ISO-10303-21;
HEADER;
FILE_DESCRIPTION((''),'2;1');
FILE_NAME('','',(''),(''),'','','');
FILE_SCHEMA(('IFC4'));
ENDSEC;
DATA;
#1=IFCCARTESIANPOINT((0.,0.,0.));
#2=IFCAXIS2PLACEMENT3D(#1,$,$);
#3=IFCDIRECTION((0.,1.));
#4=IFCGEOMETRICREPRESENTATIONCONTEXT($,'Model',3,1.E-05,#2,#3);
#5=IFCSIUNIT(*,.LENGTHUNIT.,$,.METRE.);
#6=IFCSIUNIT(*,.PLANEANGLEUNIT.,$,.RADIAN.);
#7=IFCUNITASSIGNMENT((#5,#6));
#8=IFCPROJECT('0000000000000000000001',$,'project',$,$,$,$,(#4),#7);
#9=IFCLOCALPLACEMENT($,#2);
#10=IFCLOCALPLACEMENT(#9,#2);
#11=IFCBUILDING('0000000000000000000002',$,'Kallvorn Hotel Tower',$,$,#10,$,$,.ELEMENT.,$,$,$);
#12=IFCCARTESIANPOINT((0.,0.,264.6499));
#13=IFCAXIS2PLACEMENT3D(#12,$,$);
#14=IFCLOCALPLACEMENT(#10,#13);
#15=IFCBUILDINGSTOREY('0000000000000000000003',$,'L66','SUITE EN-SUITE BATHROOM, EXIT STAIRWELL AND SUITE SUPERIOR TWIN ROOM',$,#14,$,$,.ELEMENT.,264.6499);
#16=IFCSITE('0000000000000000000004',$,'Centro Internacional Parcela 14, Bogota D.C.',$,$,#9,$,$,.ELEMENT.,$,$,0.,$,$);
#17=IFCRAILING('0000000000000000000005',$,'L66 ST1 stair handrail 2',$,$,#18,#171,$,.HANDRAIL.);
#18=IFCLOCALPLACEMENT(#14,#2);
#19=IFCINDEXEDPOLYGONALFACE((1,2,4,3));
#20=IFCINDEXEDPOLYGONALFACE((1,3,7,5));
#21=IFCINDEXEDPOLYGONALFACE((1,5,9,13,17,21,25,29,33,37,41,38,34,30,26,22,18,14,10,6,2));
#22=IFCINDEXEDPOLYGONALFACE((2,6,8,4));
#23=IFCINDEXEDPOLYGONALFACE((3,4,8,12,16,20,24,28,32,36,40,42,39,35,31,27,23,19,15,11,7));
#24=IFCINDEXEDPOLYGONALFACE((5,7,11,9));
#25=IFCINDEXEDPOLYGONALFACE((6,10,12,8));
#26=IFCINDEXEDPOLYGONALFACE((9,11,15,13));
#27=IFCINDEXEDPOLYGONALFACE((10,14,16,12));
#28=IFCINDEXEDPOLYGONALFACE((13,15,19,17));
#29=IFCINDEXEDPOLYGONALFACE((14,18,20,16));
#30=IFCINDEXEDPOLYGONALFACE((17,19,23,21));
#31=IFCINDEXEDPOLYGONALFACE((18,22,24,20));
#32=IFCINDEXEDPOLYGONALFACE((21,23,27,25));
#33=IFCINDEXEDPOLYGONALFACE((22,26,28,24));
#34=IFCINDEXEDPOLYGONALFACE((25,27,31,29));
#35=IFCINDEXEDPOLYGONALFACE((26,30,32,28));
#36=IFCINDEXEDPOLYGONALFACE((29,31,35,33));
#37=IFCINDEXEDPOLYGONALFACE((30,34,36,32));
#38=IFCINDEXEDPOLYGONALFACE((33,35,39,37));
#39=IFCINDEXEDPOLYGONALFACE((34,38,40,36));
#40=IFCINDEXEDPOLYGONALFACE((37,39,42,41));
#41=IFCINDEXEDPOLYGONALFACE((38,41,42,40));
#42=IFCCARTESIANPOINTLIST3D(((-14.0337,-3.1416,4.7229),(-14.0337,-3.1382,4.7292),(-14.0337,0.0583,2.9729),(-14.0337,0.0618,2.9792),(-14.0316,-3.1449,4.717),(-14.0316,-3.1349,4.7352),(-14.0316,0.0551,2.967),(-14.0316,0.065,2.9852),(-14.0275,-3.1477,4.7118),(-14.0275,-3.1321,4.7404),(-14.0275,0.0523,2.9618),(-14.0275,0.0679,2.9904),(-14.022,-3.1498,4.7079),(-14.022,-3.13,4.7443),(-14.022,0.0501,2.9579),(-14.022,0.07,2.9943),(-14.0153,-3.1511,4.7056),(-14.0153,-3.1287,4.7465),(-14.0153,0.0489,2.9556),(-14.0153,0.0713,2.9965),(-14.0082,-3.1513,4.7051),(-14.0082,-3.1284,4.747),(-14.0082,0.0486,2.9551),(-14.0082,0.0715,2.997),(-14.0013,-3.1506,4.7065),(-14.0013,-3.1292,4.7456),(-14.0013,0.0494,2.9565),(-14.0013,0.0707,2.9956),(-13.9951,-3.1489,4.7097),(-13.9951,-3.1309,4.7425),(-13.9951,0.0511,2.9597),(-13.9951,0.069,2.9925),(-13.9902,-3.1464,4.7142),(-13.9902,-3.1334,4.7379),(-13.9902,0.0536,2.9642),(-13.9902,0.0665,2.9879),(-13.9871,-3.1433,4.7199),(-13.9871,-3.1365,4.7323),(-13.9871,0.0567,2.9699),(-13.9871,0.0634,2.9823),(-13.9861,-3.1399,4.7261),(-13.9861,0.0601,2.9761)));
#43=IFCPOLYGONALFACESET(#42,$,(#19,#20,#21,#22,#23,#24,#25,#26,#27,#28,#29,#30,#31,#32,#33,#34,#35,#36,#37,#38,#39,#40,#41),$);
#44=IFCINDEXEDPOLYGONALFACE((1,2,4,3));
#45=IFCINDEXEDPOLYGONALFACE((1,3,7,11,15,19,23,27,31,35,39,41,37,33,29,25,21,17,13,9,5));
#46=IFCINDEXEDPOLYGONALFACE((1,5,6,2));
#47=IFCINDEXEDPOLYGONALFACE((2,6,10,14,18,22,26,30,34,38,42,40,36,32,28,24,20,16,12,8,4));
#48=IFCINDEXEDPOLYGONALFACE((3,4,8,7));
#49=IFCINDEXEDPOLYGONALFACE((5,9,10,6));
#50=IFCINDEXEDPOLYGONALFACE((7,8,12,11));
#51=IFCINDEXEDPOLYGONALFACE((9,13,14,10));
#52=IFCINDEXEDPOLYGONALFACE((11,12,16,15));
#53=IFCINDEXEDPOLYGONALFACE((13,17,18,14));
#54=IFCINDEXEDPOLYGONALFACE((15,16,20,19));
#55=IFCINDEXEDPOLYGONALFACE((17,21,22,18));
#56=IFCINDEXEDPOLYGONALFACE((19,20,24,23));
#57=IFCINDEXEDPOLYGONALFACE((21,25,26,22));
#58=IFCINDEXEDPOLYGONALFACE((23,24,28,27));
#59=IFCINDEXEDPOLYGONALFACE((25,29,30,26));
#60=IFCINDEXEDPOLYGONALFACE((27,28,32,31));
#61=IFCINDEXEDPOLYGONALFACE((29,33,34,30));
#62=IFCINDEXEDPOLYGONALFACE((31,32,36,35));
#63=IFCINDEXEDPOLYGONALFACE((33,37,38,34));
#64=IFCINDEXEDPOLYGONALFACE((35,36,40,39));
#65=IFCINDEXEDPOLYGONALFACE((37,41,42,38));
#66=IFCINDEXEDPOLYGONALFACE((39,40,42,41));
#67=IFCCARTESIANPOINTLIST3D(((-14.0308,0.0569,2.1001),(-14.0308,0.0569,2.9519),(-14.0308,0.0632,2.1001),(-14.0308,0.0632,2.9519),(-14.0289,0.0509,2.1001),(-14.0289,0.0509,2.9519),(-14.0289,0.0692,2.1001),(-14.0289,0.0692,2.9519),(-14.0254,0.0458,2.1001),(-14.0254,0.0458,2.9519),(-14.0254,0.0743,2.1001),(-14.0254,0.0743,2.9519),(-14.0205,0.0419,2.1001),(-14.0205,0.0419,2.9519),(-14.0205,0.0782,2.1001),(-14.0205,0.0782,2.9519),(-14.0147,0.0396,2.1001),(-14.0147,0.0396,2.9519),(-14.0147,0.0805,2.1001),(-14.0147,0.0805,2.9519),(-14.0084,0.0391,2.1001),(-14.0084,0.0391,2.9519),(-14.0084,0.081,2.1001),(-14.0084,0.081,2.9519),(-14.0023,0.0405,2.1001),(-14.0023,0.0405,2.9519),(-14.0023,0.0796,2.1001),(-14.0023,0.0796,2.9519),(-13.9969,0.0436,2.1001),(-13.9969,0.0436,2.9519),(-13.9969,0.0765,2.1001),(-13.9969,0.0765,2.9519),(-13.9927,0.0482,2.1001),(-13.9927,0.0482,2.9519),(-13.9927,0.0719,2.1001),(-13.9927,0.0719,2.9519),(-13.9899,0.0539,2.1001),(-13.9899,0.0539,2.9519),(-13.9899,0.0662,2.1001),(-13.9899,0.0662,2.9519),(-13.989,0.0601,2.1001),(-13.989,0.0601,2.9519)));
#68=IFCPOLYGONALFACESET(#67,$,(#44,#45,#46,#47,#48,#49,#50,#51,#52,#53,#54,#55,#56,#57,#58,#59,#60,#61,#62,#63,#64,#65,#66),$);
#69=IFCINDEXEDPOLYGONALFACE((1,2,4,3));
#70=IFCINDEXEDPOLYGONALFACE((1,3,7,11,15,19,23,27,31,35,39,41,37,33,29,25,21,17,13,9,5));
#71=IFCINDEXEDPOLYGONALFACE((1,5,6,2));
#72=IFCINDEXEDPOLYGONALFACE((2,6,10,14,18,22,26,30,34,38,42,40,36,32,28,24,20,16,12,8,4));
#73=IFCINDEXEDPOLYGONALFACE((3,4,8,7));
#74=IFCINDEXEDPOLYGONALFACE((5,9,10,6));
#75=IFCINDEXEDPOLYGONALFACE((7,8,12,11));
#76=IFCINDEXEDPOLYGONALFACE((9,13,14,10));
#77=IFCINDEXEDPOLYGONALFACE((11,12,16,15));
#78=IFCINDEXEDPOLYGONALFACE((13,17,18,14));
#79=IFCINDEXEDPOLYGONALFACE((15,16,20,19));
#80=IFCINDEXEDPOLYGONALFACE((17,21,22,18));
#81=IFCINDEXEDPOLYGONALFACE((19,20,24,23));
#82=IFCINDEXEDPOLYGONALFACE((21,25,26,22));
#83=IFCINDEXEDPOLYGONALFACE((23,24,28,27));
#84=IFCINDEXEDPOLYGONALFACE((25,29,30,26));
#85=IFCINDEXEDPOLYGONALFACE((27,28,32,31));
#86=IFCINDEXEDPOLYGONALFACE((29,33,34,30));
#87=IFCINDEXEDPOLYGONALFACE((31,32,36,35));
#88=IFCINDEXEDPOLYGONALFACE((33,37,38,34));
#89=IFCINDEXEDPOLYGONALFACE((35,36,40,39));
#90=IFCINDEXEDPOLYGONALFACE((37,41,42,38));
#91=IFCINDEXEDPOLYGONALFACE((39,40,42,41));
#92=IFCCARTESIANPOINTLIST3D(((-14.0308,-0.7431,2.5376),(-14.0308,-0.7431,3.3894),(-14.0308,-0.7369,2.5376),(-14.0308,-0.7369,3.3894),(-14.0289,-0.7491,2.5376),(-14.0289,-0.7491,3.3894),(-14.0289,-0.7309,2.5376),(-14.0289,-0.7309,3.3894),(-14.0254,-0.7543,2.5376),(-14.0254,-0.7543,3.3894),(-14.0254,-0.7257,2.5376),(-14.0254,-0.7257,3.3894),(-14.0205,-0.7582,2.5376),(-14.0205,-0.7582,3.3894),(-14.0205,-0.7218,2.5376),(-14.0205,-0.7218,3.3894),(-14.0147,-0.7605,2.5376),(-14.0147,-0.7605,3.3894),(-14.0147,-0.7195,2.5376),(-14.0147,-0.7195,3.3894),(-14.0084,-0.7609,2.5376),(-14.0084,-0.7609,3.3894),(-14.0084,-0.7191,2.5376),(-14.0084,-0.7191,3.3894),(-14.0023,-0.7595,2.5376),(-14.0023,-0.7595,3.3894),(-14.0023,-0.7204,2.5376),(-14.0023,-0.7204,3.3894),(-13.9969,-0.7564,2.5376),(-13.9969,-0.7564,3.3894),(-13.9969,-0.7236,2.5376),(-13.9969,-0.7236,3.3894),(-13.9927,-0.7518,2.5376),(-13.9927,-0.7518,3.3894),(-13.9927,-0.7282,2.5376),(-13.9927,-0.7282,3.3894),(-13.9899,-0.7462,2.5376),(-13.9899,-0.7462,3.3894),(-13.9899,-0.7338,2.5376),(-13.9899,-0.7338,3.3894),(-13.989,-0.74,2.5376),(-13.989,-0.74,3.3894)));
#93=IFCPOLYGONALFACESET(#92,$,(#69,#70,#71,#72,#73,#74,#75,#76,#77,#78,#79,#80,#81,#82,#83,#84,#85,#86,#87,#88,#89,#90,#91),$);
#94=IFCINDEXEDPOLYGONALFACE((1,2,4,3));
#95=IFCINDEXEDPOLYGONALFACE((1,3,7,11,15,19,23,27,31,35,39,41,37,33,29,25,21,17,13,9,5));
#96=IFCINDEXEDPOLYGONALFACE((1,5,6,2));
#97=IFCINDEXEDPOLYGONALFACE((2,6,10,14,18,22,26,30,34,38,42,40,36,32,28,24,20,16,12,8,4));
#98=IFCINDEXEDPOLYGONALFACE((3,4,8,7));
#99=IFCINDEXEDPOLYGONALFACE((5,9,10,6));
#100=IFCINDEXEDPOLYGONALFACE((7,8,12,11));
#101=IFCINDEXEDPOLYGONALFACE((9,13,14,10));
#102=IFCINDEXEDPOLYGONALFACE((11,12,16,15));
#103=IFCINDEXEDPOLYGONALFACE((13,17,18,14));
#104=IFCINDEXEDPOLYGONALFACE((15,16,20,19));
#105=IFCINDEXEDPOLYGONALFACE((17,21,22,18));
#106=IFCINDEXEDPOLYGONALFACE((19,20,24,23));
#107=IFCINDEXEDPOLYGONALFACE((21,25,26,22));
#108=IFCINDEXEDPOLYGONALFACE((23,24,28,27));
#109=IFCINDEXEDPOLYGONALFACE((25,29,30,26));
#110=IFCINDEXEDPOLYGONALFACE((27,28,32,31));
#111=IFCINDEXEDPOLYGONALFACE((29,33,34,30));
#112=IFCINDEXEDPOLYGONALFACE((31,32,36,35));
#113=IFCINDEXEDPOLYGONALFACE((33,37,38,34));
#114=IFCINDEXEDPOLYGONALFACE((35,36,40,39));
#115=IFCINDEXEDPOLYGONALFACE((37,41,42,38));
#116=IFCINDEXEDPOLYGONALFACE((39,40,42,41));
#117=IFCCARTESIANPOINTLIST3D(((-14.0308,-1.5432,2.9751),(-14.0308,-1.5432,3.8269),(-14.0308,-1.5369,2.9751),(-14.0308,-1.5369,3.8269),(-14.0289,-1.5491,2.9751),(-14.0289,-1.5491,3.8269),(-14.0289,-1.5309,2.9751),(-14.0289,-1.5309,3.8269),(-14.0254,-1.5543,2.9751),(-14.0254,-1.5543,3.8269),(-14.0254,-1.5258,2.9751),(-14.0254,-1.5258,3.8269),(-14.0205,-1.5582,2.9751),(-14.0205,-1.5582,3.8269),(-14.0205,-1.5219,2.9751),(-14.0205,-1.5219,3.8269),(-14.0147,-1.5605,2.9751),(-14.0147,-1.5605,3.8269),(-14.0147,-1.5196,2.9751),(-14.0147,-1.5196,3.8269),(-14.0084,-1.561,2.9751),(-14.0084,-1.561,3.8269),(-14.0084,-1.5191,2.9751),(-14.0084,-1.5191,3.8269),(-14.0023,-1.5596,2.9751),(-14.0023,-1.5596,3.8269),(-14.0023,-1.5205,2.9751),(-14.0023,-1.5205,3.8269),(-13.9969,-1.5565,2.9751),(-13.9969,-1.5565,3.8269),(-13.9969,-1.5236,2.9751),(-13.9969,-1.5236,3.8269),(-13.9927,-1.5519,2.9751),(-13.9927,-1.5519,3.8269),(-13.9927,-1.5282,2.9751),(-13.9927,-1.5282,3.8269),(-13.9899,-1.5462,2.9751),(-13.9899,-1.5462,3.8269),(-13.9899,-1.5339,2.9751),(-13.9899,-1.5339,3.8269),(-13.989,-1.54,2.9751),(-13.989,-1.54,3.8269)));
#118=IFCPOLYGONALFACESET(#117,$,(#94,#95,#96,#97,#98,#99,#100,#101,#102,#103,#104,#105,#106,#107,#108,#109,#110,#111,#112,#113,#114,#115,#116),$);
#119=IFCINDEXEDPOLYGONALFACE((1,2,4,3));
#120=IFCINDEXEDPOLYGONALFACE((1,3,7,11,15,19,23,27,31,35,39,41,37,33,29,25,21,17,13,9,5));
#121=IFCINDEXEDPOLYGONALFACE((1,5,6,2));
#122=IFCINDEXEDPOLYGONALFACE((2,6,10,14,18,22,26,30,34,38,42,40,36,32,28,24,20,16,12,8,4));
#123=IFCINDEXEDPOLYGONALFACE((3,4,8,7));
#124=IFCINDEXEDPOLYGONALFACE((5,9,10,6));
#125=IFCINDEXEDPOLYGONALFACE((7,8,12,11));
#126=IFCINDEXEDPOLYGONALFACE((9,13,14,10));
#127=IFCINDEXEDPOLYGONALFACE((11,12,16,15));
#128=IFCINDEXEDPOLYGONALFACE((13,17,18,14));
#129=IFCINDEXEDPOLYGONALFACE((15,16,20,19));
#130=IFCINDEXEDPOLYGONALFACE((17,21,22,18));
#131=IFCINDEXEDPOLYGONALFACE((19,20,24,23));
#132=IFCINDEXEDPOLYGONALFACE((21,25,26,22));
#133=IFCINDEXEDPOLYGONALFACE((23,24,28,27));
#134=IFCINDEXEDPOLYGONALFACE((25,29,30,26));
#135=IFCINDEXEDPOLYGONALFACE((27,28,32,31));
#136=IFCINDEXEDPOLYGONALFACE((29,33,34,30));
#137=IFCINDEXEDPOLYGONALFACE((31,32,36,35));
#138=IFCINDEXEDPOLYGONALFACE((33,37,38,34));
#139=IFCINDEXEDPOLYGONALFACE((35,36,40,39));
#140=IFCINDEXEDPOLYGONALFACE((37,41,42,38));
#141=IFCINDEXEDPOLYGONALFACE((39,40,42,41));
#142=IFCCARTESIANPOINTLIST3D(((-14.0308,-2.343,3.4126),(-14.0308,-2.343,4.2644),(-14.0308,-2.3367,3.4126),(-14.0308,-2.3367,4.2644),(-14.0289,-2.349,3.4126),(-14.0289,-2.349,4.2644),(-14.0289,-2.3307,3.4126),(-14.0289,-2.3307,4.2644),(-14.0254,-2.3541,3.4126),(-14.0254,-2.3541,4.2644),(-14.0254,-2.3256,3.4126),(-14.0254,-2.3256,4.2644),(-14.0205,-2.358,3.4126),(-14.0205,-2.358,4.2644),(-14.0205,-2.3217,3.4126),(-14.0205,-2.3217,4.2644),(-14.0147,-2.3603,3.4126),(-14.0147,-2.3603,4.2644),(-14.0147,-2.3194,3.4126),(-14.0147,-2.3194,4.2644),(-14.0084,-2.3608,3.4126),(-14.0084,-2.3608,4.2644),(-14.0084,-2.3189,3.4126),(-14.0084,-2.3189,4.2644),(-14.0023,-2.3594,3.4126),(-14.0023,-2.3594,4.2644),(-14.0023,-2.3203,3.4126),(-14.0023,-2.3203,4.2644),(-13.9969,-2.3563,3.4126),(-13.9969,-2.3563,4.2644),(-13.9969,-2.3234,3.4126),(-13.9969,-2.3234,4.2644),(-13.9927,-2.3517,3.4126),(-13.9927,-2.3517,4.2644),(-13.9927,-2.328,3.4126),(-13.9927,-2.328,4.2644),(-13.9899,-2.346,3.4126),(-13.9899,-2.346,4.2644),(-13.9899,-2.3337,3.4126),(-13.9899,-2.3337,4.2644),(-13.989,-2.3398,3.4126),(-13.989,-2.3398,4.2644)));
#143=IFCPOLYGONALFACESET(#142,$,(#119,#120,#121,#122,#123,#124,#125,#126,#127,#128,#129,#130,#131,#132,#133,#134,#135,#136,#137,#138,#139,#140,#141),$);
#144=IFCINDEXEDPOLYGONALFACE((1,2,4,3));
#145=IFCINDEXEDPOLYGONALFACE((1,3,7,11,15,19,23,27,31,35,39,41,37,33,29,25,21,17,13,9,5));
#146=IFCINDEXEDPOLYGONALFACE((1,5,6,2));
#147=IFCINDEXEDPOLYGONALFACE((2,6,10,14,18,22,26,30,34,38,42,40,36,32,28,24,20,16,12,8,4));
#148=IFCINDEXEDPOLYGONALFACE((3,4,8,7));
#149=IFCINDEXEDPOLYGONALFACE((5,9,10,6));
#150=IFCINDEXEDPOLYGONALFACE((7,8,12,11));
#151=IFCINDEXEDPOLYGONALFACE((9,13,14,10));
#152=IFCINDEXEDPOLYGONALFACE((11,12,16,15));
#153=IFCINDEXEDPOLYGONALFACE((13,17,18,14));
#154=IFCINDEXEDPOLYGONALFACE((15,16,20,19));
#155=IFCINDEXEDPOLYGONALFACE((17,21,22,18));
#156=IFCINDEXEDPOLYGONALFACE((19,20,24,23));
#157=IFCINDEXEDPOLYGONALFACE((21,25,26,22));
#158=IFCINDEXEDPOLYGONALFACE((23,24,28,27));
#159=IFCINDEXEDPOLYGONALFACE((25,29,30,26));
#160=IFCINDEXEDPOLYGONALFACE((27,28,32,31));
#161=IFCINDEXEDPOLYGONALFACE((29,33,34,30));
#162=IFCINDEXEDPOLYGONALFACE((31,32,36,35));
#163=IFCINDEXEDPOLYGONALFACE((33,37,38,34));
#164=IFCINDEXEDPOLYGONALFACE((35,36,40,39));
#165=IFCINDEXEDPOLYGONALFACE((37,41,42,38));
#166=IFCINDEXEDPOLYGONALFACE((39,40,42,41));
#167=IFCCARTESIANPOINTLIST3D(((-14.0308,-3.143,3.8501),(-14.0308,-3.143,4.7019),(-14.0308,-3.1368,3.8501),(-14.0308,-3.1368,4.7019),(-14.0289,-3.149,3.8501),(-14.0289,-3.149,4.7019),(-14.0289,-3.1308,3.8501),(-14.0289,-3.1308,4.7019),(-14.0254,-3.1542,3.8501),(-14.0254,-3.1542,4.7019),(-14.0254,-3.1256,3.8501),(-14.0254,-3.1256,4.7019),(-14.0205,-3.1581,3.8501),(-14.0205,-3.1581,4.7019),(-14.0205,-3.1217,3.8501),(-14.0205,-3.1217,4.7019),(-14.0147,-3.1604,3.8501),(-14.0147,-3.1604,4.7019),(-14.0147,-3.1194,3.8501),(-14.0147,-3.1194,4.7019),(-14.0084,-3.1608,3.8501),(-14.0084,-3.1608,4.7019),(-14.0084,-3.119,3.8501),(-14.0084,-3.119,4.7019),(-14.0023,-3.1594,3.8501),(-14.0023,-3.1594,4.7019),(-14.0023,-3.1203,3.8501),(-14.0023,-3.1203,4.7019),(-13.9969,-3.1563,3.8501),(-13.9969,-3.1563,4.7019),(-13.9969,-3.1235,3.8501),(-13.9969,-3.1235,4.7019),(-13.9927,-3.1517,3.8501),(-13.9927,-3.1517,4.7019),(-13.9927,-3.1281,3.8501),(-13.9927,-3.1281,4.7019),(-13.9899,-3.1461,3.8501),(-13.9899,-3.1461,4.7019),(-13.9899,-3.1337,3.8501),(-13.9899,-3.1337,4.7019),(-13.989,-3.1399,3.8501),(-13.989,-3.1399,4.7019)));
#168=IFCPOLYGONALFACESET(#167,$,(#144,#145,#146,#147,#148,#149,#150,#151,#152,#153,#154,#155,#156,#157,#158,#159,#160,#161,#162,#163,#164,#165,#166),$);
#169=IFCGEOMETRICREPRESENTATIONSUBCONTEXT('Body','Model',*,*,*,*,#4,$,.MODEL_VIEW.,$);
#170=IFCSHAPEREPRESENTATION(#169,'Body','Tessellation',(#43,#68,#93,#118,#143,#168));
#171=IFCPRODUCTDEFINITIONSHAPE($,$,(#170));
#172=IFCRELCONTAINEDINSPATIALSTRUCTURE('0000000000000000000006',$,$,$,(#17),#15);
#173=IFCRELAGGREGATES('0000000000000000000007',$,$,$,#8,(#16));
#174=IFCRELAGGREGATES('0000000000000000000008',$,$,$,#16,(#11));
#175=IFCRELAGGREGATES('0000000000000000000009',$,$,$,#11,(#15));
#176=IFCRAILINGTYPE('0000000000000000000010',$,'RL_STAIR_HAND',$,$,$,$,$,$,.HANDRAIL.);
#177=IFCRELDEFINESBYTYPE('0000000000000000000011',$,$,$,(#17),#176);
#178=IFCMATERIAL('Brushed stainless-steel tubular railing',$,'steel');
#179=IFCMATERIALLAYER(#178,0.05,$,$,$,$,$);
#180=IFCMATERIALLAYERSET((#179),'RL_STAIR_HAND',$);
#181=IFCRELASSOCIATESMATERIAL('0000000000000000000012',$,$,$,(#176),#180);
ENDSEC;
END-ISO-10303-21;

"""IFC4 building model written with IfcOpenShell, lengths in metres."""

from ifc_helpers import new_model, si_unit, direction, frame, origin, origin_2d, place, context, subcontext, project, spatial, circle, extrude, material, layer, layer_set, type_object, element, save


model = new_model("IFC4")

# Units and contexts
model_context = context("Model", 3, precision=1e-05, world=origin(), true_north=direction((0.0, 1.0)))
body_context = subcontext(model_context, "Body", "Model", "MODEL_VIEW")
ifc_project = project(units=[si_unit("LENGTHUNIT", "METRE"), si_unit("PLANEANGLEUNIT", "RADIAN")], contexts=[model_context])

# Site, building, storey
site_placement = place(None, origin())
site = spatial("IfcSite", under=ifc_project, at=site_placement, Name="Centro Internacional Parcela 14, Bogota D.C.", CompositionType="ELEMENT", RefElevation=0.0)
building_placement = place(site_placement, origin())
building = spatial("IfcBuilding", under=site, at=building_placement, Name="Kallvorn Hotel Tower", CompositionType="ELEMENT")
storey_placement = place(building_placement, frame((0.0, 0.0, 264.6499)))
storey = spatial("IfcBuildingStorey", under=building, at=storey_placement, Name="L66", Description="SUITE EN-SUITE BATHROOM, EXIT STAIRWELL AND SUITE SUPERIOR TWIN ROOM", CompositionType="ELEMENT", Elevation=264.6499)

# Railing
ifc_material_1 = material(Name="Brushed stainless-steel tubular railing", Category="steel")
ifc_layer_1 = layer(ifc_material_1, 0.05)
ifc_layer_set_1 = layer_set([ifc_layer_1], Name="RL_STAIR_HAND")
railing_type_1 = type_object("IfcRailingType", Name="RL_STAIR_HAND", PredefinedType="HANDRAIL", material=ifc_layer_set_1)
railing_1_placement = place(storey_placement, frame((-14.01, 0.0601, 2.1001)))
element("IfcRailing", 1, at=railing_1_placement, inside=storey, type_object=railing_type_1, Name="L66 ST1 stair handrail 2", PredefinedType="HANDRAIL", context=body_context, shape_type="SweptSolid", body=[
    extrude(circle(Radius=0.0239, at=origin_2d()), frame((0.0, 0.0, 0.876), z_axis=(0.0, -0.877368, 0.479818), x_axis=(1.0, 0.0, 0.0)), (0.0, 0.0, 1.0), 3.6472),
    extrude(circle(Radius=0.021, at=origin_2d()), origin(), (0.0, 0.0, 1.0), 0.8518),
    extrude(circle(Radius=0.021, at=origin_2d()), frame((0.0, -0.8, 0.4375)), (0.0, 0.0, 1.0), 0.8518),
    extrude(circle(Radius=0.021, at=origin_2d()), frame((0.0, -1.6001, 0.875)), (0.0, 0.0, 1.0), 0.8518),
    extrude(circle(Radius=0.021, at=origin_2d()), frame((0.0, -2.3999, 1.3125)), (0.0, 0.0, 1.0), 0.8518),
    extrude(circle(Radius=0.021, at=origin_2d()), frame((0.0, -3.2, 1.75)), (0.0, 0.0, 1.0), 0.8518),
])

save(model, "model.ifc")
